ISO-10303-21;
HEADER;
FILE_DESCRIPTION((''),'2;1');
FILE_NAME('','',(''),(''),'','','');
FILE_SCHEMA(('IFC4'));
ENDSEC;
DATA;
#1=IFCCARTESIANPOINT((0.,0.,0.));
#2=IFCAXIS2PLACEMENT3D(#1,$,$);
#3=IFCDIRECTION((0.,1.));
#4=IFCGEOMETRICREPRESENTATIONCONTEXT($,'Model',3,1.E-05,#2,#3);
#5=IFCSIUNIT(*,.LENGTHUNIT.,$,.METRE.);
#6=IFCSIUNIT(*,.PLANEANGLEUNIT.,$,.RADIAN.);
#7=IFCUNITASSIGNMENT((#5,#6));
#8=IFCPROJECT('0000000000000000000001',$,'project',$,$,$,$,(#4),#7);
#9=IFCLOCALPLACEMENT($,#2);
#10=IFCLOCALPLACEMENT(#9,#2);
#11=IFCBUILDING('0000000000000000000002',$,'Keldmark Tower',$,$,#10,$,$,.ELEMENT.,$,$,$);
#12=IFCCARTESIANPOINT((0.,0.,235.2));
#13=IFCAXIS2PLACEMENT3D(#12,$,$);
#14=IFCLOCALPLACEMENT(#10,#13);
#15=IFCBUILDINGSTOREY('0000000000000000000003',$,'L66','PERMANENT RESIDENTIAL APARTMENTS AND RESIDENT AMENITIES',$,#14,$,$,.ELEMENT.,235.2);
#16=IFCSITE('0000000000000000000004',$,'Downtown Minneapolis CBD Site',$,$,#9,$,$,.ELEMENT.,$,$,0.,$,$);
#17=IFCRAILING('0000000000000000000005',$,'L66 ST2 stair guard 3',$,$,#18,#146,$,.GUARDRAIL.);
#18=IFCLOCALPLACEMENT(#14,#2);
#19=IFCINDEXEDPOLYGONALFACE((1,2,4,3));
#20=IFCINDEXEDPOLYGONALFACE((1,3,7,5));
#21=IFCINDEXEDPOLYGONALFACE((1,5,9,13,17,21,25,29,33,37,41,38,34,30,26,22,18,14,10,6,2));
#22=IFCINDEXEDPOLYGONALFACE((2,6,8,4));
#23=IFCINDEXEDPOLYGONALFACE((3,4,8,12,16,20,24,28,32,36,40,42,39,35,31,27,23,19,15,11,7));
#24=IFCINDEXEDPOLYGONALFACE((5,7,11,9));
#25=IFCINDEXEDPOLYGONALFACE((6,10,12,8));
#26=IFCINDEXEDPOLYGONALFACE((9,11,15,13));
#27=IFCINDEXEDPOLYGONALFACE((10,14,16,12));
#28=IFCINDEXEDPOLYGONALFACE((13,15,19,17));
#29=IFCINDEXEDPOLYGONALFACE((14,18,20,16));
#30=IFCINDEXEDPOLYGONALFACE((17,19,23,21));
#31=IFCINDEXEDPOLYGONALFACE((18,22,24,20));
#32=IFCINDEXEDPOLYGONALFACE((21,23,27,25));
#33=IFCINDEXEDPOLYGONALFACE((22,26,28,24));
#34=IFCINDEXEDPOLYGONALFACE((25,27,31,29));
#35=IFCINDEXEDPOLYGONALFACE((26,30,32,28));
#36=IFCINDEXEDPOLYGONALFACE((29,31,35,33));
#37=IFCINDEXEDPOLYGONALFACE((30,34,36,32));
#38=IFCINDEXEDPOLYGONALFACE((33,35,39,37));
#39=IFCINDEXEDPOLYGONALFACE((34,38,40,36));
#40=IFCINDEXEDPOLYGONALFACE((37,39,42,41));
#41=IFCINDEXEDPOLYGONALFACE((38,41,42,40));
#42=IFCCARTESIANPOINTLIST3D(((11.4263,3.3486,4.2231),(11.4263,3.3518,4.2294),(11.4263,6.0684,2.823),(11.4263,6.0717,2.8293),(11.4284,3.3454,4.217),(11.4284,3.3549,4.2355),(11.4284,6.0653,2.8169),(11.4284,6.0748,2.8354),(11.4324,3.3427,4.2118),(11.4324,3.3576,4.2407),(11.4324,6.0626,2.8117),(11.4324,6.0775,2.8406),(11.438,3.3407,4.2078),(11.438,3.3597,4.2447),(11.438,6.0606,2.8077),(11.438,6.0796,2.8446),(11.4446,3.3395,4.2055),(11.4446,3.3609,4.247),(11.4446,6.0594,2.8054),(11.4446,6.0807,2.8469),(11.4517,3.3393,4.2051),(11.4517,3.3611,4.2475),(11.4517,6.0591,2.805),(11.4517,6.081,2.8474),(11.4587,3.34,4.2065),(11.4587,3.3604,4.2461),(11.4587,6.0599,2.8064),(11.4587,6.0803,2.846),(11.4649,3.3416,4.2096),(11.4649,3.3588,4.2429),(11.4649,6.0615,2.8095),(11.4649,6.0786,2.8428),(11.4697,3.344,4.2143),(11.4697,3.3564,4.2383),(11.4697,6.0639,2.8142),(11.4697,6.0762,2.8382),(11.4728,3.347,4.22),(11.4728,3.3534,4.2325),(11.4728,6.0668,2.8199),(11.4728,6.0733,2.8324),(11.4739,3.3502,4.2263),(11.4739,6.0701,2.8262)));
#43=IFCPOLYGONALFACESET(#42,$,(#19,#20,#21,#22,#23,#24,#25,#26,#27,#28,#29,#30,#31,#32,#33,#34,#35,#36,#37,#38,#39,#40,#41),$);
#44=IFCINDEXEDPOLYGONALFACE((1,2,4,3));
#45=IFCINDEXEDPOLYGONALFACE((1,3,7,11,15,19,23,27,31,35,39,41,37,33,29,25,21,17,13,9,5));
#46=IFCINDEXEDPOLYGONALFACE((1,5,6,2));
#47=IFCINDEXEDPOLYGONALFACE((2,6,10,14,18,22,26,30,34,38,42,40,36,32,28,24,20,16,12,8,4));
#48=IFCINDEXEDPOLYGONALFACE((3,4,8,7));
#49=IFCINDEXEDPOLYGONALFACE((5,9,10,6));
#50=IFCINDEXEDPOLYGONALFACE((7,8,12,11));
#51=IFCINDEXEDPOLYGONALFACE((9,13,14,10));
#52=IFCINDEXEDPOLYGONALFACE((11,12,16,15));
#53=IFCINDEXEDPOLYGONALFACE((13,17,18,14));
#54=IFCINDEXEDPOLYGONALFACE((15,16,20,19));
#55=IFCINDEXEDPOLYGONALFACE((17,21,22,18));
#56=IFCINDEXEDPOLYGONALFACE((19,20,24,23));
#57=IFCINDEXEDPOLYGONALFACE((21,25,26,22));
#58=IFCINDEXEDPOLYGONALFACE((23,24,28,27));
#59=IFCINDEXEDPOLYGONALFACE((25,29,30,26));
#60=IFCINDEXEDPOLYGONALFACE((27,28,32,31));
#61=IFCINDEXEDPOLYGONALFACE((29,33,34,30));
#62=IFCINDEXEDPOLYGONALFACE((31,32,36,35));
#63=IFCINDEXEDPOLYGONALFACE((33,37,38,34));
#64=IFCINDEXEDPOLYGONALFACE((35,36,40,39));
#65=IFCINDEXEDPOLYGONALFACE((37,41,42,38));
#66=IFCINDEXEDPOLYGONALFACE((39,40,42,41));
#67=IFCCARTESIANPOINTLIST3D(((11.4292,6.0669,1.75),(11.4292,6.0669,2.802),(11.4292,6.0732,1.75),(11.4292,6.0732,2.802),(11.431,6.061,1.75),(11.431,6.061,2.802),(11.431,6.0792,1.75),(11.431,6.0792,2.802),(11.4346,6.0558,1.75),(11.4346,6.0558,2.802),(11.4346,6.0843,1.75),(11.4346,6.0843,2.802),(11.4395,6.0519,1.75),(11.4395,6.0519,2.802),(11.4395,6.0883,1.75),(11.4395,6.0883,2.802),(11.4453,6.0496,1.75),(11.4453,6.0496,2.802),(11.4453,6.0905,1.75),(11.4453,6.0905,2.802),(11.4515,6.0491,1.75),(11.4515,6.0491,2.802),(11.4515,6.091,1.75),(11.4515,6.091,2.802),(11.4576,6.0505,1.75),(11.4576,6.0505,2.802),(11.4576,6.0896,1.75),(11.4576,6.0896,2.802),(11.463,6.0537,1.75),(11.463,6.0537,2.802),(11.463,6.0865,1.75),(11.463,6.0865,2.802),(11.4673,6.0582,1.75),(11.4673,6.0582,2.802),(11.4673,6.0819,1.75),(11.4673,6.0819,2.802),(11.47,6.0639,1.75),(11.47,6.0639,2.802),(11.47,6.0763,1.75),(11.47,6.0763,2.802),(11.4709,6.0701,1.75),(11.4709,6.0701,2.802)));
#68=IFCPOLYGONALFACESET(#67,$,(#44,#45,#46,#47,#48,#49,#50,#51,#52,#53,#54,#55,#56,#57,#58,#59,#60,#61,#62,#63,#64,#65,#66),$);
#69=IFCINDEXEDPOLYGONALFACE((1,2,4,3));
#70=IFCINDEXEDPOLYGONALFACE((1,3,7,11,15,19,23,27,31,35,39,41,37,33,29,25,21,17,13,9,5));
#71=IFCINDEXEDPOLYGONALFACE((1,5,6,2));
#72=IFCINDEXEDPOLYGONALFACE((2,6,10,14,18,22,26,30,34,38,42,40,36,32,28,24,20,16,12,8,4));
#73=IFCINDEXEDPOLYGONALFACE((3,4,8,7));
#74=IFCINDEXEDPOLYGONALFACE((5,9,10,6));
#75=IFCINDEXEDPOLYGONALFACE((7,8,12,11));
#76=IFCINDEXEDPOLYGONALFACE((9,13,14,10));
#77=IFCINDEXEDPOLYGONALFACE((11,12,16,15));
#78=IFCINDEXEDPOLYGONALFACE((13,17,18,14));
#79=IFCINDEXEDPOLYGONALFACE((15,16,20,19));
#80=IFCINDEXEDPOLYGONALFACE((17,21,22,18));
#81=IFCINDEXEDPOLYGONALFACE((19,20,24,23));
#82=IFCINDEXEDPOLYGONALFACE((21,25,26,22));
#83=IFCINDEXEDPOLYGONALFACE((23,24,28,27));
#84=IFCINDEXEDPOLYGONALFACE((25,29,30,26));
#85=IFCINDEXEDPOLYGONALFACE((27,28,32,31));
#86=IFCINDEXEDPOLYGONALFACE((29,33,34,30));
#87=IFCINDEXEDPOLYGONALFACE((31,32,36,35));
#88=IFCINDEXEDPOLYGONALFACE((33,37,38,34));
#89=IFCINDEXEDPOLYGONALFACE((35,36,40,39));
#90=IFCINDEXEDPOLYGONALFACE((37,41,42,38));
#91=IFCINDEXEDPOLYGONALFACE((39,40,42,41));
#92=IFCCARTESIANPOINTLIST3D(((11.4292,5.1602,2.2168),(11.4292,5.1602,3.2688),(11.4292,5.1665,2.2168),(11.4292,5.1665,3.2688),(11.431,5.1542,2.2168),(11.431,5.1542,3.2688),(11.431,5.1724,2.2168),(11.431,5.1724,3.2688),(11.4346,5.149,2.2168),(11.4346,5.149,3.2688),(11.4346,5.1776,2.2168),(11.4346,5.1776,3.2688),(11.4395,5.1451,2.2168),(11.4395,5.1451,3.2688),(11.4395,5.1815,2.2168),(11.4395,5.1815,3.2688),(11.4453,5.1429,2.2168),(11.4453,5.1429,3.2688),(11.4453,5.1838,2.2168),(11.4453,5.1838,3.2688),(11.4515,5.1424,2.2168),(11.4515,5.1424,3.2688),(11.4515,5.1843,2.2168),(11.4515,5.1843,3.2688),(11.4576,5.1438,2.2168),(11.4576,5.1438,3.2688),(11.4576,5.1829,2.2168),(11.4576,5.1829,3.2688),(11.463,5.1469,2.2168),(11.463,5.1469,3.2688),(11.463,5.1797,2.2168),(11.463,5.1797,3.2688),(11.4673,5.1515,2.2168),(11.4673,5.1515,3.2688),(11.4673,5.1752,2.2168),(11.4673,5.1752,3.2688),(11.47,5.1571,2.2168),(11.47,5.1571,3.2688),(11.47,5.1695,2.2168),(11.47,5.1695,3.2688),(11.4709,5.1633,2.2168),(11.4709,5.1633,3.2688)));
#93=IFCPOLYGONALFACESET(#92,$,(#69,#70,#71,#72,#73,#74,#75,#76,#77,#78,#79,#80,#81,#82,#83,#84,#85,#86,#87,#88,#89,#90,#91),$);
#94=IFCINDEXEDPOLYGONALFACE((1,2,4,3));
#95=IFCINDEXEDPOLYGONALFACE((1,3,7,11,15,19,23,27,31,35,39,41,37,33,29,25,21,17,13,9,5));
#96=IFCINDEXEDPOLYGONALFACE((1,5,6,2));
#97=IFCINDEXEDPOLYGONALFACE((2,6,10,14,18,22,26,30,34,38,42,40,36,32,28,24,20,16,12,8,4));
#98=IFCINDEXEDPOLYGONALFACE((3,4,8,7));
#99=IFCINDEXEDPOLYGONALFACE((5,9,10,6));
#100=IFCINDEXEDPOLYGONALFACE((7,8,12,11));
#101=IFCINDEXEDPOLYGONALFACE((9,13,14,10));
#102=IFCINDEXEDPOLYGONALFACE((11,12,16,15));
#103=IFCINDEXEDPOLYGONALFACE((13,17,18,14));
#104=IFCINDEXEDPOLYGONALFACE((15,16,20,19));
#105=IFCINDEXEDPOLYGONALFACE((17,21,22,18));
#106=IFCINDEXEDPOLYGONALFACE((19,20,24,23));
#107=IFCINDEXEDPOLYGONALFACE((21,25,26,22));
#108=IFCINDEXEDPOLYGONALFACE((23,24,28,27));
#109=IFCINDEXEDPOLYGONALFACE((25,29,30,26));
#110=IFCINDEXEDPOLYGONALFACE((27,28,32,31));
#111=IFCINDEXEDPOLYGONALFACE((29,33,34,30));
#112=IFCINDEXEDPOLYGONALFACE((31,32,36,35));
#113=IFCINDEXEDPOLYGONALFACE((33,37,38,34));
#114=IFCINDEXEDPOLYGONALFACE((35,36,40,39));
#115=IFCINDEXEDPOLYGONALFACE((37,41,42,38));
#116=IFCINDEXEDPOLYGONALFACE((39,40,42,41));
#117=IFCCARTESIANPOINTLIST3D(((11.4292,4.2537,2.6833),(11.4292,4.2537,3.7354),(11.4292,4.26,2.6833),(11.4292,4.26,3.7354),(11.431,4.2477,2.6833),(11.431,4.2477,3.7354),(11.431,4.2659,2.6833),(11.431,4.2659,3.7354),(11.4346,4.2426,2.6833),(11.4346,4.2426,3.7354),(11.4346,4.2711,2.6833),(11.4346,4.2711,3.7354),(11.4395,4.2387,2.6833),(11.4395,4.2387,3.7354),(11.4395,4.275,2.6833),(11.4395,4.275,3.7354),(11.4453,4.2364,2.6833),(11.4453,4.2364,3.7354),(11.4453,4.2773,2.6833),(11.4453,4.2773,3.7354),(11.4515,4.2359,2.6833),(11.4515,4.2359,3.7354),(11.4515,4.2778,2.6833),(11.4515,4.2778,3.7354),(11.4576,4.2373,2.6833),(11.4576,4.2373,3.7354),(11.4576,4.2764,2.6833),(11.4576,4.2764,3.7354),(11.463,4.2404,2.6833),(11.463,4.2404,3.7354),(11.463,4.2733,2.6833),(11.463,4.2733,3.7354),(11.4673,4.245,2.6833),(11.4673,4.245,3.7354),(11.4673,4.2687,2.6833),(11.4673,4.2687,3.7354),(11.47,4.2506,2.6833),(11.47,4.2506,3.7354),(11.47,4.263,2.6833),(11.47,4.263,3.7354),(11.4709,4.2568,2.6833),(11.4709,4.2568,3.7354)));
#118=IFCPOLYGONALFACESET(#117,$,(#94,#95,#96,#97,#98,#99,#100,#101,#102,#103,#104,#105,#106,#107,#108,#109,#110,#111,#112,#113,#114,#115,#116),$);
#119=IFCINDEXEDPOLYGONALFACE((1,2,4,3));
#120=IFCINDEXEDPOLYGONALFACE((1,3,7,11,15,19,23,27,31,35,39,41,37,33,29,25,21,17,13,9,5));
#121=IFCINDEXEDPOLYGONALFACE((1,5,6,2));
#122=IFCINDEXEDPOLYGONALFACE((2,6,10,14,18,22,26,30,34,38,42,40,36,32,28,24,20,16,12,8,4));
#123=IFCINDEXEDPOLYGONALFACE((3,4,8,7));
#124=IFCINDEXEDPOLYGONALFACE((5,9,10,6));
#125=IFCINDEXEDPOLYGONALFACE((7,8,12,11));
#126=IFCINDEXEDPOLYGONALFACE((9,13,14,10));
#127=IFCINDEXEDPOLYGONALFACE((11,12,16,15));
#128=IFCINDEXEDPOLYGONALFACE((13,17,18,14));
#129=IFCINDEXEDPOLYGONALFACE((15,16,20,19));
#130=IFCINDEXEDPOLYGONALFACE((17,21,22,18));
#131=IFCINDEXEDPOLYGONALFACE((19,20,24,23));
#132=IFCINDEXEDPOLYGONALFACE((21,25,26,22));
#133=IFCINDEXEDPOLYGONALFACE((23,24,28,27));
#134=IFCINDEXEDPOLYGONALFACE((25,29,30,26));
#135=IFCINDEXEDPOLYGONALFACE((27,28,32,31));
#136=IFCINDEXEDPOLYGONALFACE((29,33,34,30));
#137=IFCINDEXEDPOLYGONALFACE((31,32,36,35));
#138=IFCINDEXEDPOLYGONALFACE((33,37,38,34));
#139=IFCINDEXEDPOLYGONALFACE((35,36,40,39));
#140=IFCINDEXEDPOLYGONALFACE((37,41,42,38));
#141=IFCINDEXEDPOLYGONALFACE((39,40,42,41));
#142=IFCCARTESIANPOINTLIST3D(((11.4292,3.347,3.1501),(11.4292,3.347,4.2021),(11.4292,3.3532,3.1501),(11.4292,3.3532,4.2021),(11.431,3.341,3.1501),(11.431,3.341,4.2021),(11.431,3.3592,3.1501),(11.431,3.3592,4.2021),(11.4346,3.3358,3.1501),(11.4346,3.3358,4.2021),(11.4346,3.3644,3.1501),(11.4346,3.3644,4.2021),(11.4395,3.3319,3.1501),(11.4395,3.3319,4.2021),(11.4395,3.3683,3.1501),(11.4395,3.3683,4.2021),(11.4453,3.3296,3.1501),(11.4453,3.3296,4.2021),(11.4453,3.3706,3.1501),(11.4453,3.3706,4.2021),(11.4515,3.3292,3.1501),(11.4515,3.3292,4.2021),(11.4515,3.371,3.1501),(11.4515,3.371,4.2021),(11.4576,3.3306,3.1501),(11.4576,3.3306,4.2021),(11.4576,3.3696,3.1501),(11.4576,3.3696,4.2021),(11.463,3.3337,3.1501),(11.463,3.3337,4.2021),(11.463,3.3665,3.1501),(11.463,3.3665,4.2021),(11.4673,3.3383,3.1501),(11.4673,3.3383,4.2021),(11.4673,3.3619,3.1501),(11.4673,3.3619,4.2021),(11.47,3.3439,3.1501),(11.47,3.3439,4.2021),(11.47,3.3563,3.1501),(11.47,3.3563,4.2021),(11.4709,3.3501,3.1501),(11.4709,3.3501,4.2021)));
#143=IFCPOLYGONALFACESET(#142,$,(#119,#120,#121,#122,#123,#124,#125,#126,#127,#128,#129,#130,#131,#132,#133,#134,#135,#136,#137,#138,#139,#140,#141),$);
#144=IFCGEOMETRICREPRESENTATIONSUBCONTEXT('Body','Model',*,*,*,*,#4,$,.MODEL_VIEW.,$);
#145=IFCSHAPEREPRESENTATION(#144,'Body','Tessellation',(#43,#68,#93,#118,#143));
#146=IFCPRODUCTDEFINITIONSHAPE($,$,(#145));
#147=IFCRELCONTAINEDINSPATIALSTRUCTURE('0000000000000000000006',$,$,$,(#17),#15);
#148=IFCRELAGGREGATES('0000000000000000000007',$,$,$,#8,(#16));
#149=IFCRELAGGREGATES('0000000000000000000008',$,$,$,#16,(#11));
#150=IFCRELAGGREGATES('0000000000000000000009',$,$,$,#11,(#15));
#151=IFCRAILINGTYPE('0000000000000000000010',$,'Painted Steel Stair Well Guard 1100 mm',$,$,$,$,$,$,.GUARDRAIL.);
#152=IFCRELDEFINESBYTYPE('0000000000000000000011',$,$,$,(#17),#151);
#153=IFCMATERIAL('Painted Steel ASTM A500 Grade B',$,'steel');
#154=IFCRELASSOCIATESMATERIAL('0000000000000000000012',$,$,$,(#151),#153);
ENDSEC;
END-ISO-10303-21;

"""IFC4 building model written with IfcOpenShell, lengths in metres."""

from ifc_helpers import new_model, si_unit, direction, frame, origin, origin_2d, place, context, subcontext, project, spatial, circle, extrude, material, type_object, element, save


model = new_model("IFC4")

# Units and contexts
model_context = context("Model", 3, precision=1e-05, world=origin(), true_north=direction((0.0, 1.0)))
body_context = subcontext(model_context, "Body", "Model", "MODEL_VIEW")
ifc_project = project(units=[si_unit("LENGTHUNIT", "METRE"), si_unit("PLANEANGLEUNIT", "RADIAN")], contexts=[model_context])

# Site, building, storey
site_placement = place(None, origin())
site = spatial("IfcSite", under=ifc_project, at=site_placement, Name="Downtown Minneapolis CBD Site", CompositionType="ELEMENT", RefElevation=0.0)
building_placement = place(site_placement, origin())
building = spatial("IfcBuilding", under=site, at=building_placement, Name="Keldmark Tower", CompositionType="ELEMENT")
storey_placement = place(building_placement, frame((0.0, 0.0, 235.2)))
storey = spatial("IfcBuildingStorey", under=building, at=storey_placement, Name="L66", Description="PERMANENT RESIDENTIAL APARTMENTS AND RESIDENT AMENITIES", CompositionType="ELEMENT", Elevation=235.2)

# Railing
ifc_material_1 = material(Name="Painted Steel ASTM A500 Grade B", Category="steel")
railing_type_1 = type_object("IfcRailingType", Name="Painted Steel Stair Well Guard 1100 mm", PredefinedType="GUARDRAIL", material=ifc_material_1)
railing_1_placement = place(storey_placement, frame((11.45, 6.0701, 1.75)))
element("IfcRailing", 1, at=railing_1_placement, inside=storey, type_object=railing_type_1, Name="L66 ST2 stair guard 3", PredefinedType="GUARDRAIL", context=body_context, shape_type="SweptSolid", body=[
    extrude(circle(Radius=0.0239, at=origin_2d()), frame((0.0, 0.0, 1.0762), z_axis=(0.0, -0.889114, 0.457685), x_axis=(1.0, 0.0, 0.0)), (0.0, 0.0, 1.0), 3.0591),
    extrude(circle(Radius=0.021, at=origin_2d()), origin(), (0.0, 0.0, 1.0), 1.052),
    extrude(circle(Radius=0.021, at=origin_2d()), frame((0.0, -0.9067, 0.4668)), (0.0, 0.0, 1.0), 1.052),
    extrude(circle(Radius=0.021, at=origin_2d()), frame((0.0, -1.8132, 0.9333)), (0.0, 0.0, 1.0), 1.052),
    extrude(circle(Radius=0.021, at=origin_2d()), frame((0.0, -2.72, 1.4001)), (0.0, 0.0, 1.0), 1.052),
])

save(model, "model.ifc")
